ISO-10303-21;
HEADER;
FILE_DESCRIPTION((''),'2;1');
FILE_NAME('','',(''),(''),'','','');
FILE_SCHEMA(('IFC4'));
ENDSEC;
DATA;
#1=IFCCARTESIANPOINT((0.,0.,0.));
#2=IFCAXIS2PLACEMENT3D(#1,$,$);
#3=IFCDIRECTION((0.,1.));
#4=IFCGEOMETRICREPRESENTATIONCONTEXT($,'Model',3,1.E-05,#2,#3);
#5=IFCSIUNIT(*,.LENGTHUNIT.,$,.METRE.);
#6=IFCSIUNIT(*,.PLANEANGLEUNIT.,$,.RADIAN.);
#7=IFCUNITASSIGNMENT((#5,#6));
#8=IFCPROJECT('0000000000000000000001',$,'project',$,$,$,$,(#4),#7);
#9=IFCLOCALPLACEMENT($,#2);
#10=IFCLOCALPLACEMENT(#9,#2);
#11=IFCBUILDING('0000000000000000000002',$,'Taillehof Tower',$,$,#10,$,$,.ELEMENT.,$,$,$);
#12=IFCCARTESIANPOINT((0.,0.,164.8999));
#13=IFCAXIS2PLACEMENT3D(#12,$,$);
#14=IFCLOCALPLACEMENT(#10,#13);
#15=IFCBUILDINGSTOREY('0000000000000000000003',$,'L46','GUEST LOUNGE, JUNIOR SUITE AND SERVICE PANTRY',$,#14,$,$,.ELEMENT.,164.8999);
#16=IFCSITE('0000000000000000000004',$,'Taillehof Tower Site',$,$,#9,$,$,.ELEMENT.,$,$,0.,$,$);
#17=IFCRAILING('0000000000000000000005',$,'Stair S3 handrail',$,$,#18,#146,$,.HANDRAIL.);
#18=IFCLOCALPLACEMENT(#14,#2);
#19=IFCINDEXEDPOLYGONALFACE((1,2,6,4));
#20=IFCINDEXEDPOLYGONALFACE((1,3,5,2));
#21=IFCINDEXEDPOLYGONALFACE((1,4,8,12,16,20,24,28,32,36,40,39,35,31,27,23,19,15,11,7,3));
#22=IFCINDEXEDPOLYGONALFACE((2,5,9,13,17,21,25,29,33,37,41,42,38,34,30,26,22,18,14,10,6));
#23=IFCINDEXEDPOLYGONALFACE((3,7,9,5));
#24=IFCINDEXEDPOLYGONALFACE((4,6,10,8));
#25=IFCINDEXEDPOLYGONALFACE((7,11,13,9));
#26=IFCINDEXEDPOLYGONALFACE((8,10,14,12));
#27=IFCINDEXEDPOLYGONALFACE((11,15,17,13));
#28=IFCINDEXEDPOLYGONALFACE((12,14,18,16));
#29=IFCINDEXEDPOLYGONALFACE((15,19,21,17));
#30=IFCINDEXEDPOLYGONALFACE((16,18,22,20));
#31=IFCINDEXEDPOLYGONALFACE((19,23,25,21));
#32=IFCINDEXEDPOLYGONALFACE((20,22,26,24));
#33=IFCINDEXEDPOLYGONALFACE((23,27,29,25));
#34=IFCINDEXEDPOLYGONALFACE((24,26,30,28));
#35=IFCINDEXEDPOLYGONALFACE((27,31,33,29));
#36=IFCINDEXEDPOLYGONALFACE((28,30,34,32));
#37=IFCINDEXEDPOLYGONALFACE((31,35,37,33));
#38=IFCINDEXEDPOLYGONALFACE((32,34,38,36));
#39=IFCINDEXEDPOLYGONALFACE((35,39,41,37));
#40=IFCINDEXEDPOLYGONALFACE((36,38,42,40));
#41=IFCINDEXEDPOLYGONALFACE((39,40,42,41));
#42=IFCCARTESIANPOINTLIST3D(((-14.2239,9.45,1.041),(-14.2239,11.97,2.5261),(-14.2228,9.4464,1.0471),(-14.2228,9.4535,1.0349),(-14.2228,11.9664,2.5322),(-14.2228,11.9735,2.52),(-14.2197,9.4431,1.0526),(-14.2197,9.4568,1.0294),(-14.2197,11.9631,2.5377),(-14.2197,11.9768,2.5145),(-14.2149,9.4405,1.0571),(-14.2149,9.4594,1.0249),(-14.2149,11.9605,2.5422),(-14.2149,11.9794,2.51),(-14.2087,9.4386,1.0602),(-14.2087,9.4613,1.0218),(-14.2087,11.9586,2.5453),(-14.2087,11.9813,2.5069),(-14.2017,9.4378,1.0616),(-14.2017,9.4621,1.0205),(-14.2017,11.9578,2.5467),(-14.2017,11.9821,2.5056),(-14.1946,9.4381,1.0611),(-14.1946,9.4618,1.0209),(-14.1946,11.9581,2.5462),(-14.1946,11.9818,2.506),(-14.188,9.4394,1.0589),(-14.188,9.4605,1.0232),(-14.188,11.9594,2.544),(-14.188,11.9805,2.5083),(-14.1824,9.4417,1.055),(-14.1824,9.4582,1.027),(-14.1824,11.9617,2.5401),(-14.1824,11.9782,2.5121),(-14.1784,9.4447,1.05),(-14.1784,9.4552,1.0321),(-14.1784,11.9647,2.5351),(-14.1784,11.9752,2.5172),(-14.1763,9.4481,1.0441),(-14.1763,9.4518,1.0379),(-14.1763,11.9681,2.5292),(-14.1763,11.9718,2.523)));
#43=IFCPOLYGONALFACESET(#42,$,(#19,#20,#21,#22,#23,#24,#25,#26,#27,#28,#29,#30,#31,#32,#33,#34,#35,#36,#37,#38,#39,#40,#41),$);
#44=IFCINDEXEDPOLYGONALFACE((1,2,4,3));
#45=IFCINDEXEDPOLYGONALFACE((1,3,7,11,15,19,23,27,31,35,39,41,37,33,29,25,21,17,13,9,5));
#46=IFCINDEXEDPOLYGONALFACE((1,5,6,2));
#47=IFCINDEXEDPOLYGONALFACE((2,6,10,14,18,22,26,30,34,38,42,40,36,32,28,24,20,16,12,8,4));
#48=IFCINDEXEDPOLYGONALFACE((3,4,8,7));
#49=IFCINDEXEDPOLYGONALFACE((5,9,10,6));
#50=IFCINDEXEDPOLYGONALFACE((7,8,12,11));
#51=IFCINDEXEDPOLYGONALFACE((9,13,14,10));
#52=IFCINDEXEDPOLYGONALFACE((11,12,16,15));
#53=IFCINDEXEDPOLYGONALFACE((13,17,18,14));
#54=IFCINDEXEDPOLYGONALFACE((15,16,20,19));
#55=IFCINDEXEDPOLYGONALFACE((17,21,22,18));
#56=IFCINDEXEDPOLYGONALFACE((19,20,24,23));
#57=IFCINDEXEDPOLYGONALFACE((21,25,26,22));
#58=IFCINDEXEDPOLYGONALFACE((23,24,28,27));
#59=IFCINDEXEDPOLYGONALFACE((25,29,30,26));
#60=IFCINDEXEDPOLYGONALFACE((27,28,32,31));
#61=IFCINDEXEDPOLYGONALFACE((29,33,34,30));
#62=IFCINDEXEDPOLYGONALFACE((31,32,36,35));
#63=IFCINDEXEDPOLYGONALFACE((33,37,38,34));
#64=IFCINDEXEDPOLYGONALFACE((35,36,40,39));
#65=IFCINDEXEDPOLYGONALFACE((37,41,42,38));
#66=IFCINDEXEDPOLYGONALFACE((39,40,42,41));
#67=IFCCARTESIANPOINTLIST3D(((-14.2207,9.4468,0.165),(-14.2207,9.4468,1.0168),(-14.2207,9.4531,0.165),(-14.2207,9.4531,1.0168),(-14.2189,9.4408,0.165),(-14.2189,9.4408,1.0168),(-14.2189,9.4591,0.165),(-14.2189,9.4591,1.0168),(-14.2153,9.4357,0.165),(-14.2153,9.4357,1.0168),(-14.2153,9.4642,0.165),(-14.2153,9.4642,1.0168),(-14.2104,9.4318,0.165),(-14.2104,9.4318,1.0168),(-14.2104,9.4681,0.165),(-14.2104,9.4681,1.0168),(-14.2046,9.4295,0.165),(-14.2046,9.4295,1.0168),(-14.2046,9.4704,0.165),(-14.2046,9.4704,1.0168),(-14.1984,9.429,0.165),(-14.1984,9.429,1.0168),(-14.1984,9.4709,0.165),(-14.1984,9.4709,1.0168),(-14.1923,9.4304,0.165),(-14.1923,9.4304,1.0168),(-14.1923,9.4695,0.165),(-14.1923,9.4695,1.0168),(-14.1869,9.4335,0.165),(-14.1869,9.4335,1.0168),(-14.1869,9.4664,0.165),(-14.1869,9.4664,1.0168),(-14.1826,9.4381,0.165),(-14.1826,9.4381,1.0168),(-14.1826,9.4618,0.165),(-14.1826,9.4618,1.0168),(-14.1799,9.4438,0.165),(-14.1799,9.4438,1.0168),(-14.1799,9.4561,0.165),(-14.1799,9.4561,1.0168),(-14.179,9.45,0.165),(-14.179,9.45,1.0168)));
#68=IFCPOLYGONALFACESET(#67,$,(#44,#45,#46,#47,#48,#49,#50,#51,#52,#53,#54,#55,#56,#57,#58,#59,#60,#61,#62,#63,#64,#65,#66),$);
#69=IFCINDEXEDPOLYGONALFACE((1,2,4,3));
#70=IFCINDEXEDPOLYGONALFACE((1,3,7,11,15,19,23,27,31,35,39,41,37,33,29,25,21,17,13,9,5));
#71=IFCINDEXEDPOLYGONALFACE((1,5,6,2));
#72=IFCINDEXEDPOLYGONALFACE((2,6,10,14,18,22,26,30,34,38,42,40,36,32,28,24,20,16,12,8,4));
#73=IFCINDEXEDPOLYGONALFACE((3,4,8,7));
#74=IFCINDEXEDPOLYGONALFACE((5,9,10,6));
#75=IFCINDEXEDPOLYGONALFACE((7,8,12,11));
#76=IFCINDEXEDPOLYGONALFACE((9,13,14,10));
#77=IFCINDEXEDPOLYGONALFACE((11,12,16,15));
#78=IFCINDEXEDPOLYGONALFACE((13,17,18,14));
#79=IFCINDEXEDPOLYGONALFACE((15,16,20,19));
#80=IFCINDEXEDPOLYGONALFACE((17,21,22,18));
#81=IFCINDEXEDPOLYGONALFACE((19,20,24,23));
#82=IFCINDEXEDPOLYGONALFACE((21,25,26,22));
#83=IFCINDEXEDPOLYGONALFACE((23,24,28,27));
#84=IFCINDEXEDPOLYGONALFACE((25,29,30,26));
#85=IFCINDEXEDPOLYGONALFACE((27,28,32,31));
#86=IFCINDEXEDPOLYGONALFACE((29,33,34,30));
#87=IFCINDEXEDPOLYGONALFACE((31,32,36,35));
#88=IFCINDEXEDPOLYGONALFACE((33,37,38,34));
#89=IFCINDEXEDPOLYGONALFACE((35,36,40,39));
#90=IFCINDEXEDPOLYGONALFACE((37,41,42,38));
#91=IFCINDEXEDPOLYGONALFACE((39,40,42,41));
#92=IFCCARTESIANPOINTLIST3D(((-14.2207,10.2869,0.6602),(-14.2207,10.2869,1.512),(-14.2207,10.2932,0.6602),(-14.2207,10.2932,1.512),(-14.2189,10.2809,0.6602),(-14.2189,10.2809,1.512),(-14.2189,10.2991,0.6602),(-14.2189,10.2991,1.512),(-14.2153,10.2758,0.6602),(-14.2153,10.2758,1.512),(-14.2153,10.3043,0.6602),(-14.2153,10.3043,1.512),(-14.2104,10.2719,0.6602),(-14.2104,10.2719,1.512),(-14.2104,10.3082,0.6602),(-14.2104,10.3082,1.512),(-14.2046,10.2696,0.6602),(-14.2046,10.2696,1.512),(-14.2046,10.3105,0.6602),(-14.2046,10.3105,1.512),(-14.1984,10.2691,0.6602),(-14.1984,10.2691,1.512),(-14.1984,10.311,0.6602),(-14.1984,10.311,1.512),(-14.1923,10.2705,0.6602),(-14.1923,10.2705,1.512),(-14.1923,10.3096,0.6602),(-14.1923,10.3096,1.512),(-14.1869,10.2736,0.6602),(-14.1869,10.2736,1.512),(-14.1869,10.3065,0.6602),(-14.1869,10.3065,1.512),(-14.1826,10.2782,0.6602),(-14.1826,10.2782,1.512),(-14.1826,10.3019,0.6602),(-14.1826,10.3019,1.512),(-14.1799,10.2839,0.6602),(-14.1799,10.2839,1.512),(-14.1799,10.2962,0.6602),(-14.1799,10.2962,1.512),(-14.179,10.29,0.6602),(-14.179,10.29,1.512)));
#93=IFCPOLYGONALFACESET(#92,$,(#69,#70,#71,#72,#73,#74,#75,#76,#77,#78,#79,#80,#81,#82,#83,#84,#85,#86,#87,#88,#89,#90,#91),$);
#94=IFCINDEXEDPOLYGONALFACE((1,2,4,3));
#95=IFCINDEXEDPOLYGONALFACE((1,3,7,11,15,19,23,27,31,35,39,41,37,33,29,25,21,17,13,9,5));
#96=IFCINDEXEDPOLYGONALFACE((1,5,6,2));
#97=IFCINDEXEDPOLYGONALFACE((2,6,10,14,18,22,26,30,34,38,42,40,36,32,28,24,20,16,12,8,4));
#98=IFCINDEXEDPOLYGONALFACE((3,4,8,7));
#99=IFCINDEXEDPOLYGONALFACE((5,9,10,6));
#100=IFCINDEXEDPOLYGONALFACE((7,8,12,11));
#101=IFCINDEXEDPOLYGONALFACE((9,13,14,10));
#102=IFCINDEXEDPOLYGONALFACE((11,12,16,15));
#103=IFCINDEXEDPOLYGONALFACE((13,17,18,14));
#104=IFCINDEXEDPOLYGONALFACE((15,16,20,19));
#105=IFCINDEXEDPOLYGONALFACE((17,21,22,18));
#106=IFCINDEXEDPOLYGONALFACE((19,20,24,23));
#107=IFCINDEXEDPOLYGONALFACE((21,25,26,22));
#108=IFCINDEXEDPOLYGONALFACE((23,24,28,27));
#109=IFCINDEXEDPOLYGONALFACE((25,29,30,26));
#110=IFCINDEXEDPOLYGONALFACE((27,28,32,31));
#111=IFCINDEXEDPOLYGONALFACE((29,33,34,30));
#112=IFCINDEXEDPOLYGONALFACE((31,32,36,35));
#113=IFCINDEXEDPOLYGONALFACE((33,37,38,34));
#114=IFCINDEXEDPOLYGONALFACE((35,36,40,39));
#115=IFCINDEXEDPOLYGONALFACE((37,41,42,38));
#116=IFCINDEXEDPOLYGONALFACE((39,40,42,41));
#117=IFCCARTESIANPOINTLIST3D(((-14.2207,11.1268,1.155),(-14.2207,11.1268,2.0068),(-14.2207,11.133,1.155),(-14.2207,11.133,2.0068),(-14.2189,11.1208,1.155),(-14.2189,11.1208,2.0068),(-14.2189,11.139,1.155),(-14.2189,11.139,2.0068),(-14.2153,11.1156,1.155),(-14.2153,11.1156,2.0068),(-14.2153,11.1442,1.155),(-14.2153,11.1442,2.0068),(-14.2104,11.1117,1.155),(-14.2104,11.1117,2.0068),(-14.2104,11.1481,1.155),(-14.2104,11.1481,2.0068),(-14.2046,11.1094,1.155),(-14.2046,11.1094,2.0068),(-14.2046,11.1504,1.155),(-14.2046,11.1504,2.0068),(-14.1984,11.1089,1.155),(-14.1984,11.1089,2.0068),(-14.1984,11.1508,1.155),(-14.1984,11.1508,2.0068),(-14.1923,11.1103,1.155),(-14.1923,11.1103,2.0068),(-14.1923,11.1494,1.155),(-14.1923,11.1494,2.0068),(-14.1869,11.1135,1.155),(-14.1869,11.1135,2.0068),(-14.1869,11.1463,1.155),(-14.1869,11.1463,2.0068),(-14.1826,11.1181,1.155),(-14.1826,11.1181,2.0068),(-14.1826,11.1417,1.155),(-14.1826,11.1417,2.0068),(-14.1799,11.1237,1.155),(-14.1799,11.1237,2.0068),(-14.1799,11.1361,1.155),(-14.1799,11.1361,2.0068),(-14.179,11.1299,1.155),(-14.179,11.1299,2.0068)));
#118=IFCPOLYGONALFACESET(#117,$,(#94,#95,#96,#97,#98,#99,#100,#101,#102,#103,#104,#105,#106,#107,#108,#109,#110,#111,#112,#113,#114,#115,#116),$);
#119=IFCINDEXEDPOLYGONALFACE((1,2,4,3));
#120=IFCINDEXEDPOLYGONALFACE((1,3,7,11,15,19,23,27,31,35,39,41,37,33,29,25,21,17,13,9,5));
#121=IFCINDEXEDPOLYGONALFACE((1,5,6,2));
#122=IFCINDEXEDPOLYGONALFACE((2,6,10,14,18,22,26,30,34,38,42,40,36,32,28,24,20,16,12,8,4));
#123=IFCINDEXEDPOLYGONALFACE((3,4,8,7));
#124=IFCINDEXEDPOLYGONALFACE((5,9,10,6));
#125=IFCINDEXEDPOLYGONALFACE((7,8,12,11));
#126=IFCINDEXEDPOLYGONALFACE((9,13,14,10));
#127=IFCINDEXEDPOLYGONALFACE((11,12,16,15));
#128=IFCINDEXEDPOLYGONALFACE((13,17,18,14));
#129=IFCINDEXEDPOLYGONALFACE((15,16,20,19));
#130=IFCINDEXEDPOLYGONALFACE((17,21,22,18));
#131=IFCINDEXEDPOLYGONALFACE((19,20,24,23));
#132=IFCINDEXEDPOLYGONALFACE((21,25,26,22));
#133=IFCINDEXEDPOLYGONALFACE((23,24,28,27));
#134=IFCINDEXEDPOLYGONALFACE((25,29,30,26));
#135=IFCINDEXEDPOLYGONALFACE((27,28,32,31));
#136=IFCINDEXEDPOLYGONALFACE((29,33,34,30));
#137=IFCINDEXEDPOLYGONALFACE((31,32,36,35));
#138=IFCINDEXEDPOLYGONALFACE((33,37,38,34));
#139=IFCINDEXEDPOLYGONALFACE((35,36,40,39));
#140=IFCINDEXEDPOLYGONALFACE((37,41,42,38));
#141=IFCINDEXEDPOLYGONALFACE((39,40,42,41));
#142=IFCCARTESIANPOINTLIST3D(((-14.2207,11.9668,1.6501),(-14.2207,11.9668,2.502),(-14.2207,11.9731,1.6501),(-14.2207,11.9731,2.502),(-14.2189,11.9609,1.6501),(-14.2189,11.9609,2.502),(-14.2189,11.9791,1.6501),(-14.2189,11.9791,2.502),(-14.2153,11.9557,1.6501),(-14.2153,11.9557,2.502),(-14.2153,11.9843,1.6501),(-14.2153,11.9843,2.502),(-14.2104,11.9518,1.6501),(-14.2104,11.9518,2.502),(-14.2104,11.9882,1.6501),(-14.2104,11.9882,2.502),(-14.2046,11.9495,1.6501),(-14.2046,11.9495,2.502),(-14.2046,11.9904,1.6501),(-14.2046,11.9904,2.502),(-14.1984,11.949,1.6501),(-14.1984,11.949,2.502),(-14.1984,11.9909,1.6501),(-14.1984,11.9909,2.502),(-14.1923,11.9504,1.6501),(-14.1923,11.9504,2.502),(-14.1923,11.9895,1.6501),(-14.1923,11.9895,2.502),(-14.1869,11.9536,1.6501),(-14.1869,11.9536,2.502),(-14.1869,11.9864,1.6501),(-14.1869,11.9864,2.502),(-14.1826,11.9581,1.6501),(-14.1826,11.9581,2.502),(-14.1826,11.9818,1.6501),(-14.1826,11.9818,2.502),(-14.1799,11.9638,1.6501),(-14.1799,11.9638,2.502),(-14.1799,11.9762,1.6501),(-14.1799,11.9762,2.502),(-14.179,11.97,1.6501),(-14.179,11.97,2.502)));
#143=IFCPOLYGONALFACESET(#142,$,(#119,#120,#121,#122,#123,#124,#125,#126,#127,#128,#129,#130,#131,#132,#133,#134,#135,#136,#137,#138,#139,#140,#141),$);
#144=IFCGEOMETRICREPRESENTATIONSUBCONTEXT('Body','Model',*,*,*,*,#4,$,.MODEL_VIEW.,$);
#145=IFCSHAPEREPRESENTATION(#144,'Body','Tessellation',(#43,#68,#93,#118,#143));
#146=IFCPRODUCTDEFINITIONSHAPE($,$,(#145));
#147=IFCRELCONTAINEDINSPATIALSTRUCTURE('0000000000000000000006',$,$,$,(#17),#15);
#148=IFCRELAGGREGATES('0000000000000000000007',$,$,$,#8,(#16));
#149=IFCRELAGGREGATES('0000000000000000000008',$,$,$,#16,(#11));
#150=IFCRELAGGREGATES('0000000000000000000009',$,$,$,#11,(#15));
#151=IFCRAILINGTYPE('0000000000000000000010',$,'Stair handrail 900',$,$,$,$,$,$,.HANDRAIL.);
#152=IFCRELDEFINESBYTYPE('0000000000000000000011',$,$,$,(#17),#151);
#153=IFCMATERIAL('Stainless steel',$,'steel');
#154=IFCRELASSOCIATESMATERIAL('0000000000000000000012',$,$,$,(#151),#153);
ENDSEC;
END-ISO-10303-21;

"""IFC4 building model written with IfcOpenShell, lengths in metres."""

from ifc_helpers import new_model, si_unit, direction, frame, origin, origin_2d, place, context, subcontext, project, spatial, circle, extrude, material, type_object, element, save


model = new_model("IFC4")

# Units and contexts
model_context = context("Model", 3, precision=1e-05, world=origin(), true_north=direction((0.0, 1.0)))
body_context = subcontext(model_context, "Body", "Model", "MODEL_VIEW")
ifc_project = project(units=[si_unit("LENGTHUNIT", "METRE"), si_unit("PLANEANGLEUNIT", "RADIAN")], contexts=[model_context])

# Site, building, storey
site_placement = place(None, origin())
site = spatial("IfcSite", under=ifc_project, at=site_placement, Name="Taillehof Tower Site", CompositionType="ELEMENT", RefElevation=0.0)
building_placement = place(site_placement, origin())
building = spatial("IfcBuilding", under=site, at=building_placement, Name="Taillehof Tower", CompositionType="ELEMENT")
storey_placement = place(building_placement, frame((0.0, 0.0, 164.8999)))
storey = spatial("IfcBuildingStorey", under=building, at=storey_placement, Name="L46", Description="GUEST LOUNGE, JUNIOR SUITE AND SERVICE PANTRY", CompositionType="ELEMENT", Elevation=164.8999)

# Railing
ifc_material_1 = material(Name="Stainless steel", Category="steel")
railing_type = type_object("IfcRailingType", Name="Stair handrail 900", PredefinedType="HANDRAIL", material=ifc_material_1)
railing_placement = place(storey_placement, frame((-14.2, 9.45, 0.165)))
element("IfcRailing", 1, at=railing_placement, inside=storey, type_object=railing_type, Name="Stair S3 handrail", PredefinedType="HANDRAIL", context=body_context, shape_type="SweptSolid", body=[
    extrude(circle(Radius=0.0239, at=origin_2d()), frame((0.0, 0.0, 0.876), z_axis=(0.0, 0.861524, 0.507717), x_axis=(-1.0, 0.0, 0.0)), (0.0, 0.0, 1.0), 2.925),
    extrude(circle(Radius=0.021, at=origin_2d()), origin(), (0.0, 0.0, 1.0), 0.8518),
    extrude(circle(Radius=0.021, at=origin_2d()), frame((0.0, 0.8401, 0.4951)), (0.0, 0.0, 1.0), 0.8518),
    extrude(circle(Radius=0.021, at=origin_2d()), frame((0.0, 1.6799, 0.99)), (0.0, 0.0, 1.0), 0.8518),
    extrude(circle(Radius=0.021, at=origin_2d()), frame((0.0, 2.52, 1.4851)), (0.0, 0.0, 1.0), 0.8518),
])

save(model, "model.ifc")
